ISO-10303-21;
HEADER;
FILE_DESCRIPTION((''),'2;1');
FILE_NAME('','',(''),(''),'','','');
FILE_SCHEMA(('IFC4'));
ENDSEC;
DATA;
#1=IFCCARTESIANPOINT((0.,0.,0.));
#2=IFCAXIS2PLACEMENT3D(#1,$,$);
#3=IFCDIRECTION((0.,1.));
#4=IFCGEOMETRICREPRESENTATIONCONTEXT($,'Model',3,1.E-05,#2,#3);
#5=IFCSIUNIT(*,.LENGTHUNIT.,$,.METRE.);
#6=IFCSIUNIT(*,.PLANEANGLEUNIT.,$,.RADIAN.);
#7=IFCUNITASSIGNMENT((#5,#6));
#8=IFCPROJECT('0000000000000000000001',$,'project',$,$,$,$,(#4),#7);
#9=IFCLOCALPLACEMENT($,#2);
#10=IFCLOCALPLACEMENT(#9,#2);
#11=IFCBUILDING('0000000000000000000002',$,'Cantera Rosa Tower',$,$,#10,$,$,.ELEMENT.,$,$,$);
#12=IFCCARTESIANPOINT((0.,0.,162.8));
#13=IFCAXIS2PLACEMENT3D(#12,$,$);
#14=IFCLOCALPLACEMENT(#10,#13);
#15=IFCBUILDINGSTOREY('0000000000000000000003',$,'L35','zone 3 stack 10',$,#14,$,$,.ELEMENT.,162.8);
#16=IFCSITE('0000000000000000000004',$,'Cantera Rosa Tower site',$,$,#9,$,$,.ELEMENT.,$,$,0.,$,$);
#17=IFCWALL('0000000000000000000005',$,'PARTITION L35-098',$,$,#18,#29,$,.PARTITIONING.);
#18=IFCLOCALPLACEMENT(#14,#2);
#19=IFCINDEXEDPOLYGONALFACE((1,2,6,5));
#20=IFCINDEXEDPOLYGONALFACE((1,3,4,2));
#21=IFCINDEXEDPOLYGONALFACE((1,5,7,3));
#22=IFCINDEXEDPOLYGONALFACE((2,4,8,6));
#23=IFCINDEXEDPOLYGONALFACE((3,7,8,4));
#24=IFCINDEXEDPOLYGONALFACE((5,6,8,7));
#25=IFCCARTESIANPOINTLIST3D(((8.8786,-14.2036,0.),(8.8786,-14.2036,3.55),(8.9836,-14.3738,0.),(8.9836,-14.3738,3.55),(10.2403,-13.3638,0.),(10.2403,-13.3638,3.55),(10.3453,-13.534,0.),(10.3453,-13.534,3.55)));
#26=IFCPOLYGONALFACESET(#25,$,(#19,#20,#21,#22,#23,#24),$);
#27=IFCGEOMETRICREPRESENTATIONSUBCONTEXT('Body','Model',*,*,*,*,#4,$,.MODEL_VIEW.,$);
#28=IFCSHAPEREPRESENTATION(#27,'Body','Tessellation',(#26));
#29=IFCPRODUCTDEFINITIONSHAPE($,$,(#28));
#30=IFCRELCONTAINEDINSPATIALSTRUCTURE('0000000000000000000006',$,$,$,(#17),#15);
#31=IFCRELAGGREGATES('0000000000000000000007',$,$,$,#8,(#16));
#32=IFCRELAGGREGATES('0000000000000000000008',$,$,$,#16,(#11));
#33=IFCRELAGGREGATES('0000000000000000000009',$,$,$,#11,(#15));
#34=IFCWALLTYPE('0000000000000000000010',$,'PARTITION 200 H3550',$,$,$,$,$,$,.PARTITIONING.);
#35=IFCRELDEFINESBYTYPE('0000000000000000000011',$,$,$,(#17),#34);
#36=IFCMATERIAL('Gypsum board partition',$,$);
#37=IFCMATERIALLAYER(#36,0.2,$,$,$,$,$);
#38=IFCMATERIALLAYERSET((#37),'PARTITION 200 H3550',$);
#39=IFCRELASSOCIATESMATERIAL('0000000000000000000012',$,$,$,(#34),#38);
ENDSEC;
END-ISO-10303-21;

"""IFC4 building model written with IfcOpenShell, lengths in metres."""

from ifc_helpers import new_model, si_unit, direction, frame, frame_2d, origin, place, context, subcontext, project, spatial, rectangle, extrude, material, layer, layer_set, type_object, element, save


model = new_model("IFC4")

# Units and contexts
model_context = context("Model", 3, precision=1e-05, world=origin(), true_north=direction((0.0, 1.0)))
body_context = subcontext(model_context, "Body", "Model", "MODEL_VIEW")
ifc_project = project(units=[si_unit("LENGTHUNIT", "METRE"), si_unit("PLANEANGLEUNIT", "RADIAN")], contexts=[model_context])

# Site, building, storey
site_placement = place(None, origin())
site = spatial("IfcSite", under=ifc_project, at=site_placement, Name="Cantera Rosa Tower site", CompositionType="ELEMENT", RefElevation=0.0)
building_placement = place(site_placement, origin())
building = spatial("IfcBuilding", under=site, at=building_placement, Name="Cantera Rosa Tower", CompositionType="ELEMENT")
storey_placement = place(building_placement, frame((0.0, 0.0, 162.8)))
storey = spatial("IfcBuildingStorey", under=building, at=storey_placement, Name="L35", Description="zone 3 stack 10", CompositionType="ELEMENT", Elevation=162.8)

# Shared definitions
ifc_material_1 = material(Name="Gypsum board partition")
ifc_layer_1 = layer(ifc_material_1, 0.2)
ifc_layer_set_1 = layer_set([ifc_layer_1], Name="PARTITION 200 H3550")
wall_type_1 = type_object("IfcWallType", Name="PARTITION 200 H3550", PredefinedType="PARTITIONING", material=ifc_layer_set_1)

# Wall
wall_1_placement = place(storey_placement, frame((10.2927, -13.449, 0.0), z_axis=(0.0, 0.0, 1.0), x_axis=(-0.851155, -0.524914, 0.0)))
element("IfcWall", 1, at=wall_1_placement, inside=storey, type_object=wall_type_1, Name="PARTITION L35-098", PredefinedType="PARTITIONING", context=body_context, shape_type="SweptSolid", body=[
    extrude(rectangle(XDim=1.5999, YDim=0.2, at=frame_2d((0.7998, 0.0))), origin(), (0.0, 0.0, 1.0), 3.55),
])

save(model, "model.ifc")
